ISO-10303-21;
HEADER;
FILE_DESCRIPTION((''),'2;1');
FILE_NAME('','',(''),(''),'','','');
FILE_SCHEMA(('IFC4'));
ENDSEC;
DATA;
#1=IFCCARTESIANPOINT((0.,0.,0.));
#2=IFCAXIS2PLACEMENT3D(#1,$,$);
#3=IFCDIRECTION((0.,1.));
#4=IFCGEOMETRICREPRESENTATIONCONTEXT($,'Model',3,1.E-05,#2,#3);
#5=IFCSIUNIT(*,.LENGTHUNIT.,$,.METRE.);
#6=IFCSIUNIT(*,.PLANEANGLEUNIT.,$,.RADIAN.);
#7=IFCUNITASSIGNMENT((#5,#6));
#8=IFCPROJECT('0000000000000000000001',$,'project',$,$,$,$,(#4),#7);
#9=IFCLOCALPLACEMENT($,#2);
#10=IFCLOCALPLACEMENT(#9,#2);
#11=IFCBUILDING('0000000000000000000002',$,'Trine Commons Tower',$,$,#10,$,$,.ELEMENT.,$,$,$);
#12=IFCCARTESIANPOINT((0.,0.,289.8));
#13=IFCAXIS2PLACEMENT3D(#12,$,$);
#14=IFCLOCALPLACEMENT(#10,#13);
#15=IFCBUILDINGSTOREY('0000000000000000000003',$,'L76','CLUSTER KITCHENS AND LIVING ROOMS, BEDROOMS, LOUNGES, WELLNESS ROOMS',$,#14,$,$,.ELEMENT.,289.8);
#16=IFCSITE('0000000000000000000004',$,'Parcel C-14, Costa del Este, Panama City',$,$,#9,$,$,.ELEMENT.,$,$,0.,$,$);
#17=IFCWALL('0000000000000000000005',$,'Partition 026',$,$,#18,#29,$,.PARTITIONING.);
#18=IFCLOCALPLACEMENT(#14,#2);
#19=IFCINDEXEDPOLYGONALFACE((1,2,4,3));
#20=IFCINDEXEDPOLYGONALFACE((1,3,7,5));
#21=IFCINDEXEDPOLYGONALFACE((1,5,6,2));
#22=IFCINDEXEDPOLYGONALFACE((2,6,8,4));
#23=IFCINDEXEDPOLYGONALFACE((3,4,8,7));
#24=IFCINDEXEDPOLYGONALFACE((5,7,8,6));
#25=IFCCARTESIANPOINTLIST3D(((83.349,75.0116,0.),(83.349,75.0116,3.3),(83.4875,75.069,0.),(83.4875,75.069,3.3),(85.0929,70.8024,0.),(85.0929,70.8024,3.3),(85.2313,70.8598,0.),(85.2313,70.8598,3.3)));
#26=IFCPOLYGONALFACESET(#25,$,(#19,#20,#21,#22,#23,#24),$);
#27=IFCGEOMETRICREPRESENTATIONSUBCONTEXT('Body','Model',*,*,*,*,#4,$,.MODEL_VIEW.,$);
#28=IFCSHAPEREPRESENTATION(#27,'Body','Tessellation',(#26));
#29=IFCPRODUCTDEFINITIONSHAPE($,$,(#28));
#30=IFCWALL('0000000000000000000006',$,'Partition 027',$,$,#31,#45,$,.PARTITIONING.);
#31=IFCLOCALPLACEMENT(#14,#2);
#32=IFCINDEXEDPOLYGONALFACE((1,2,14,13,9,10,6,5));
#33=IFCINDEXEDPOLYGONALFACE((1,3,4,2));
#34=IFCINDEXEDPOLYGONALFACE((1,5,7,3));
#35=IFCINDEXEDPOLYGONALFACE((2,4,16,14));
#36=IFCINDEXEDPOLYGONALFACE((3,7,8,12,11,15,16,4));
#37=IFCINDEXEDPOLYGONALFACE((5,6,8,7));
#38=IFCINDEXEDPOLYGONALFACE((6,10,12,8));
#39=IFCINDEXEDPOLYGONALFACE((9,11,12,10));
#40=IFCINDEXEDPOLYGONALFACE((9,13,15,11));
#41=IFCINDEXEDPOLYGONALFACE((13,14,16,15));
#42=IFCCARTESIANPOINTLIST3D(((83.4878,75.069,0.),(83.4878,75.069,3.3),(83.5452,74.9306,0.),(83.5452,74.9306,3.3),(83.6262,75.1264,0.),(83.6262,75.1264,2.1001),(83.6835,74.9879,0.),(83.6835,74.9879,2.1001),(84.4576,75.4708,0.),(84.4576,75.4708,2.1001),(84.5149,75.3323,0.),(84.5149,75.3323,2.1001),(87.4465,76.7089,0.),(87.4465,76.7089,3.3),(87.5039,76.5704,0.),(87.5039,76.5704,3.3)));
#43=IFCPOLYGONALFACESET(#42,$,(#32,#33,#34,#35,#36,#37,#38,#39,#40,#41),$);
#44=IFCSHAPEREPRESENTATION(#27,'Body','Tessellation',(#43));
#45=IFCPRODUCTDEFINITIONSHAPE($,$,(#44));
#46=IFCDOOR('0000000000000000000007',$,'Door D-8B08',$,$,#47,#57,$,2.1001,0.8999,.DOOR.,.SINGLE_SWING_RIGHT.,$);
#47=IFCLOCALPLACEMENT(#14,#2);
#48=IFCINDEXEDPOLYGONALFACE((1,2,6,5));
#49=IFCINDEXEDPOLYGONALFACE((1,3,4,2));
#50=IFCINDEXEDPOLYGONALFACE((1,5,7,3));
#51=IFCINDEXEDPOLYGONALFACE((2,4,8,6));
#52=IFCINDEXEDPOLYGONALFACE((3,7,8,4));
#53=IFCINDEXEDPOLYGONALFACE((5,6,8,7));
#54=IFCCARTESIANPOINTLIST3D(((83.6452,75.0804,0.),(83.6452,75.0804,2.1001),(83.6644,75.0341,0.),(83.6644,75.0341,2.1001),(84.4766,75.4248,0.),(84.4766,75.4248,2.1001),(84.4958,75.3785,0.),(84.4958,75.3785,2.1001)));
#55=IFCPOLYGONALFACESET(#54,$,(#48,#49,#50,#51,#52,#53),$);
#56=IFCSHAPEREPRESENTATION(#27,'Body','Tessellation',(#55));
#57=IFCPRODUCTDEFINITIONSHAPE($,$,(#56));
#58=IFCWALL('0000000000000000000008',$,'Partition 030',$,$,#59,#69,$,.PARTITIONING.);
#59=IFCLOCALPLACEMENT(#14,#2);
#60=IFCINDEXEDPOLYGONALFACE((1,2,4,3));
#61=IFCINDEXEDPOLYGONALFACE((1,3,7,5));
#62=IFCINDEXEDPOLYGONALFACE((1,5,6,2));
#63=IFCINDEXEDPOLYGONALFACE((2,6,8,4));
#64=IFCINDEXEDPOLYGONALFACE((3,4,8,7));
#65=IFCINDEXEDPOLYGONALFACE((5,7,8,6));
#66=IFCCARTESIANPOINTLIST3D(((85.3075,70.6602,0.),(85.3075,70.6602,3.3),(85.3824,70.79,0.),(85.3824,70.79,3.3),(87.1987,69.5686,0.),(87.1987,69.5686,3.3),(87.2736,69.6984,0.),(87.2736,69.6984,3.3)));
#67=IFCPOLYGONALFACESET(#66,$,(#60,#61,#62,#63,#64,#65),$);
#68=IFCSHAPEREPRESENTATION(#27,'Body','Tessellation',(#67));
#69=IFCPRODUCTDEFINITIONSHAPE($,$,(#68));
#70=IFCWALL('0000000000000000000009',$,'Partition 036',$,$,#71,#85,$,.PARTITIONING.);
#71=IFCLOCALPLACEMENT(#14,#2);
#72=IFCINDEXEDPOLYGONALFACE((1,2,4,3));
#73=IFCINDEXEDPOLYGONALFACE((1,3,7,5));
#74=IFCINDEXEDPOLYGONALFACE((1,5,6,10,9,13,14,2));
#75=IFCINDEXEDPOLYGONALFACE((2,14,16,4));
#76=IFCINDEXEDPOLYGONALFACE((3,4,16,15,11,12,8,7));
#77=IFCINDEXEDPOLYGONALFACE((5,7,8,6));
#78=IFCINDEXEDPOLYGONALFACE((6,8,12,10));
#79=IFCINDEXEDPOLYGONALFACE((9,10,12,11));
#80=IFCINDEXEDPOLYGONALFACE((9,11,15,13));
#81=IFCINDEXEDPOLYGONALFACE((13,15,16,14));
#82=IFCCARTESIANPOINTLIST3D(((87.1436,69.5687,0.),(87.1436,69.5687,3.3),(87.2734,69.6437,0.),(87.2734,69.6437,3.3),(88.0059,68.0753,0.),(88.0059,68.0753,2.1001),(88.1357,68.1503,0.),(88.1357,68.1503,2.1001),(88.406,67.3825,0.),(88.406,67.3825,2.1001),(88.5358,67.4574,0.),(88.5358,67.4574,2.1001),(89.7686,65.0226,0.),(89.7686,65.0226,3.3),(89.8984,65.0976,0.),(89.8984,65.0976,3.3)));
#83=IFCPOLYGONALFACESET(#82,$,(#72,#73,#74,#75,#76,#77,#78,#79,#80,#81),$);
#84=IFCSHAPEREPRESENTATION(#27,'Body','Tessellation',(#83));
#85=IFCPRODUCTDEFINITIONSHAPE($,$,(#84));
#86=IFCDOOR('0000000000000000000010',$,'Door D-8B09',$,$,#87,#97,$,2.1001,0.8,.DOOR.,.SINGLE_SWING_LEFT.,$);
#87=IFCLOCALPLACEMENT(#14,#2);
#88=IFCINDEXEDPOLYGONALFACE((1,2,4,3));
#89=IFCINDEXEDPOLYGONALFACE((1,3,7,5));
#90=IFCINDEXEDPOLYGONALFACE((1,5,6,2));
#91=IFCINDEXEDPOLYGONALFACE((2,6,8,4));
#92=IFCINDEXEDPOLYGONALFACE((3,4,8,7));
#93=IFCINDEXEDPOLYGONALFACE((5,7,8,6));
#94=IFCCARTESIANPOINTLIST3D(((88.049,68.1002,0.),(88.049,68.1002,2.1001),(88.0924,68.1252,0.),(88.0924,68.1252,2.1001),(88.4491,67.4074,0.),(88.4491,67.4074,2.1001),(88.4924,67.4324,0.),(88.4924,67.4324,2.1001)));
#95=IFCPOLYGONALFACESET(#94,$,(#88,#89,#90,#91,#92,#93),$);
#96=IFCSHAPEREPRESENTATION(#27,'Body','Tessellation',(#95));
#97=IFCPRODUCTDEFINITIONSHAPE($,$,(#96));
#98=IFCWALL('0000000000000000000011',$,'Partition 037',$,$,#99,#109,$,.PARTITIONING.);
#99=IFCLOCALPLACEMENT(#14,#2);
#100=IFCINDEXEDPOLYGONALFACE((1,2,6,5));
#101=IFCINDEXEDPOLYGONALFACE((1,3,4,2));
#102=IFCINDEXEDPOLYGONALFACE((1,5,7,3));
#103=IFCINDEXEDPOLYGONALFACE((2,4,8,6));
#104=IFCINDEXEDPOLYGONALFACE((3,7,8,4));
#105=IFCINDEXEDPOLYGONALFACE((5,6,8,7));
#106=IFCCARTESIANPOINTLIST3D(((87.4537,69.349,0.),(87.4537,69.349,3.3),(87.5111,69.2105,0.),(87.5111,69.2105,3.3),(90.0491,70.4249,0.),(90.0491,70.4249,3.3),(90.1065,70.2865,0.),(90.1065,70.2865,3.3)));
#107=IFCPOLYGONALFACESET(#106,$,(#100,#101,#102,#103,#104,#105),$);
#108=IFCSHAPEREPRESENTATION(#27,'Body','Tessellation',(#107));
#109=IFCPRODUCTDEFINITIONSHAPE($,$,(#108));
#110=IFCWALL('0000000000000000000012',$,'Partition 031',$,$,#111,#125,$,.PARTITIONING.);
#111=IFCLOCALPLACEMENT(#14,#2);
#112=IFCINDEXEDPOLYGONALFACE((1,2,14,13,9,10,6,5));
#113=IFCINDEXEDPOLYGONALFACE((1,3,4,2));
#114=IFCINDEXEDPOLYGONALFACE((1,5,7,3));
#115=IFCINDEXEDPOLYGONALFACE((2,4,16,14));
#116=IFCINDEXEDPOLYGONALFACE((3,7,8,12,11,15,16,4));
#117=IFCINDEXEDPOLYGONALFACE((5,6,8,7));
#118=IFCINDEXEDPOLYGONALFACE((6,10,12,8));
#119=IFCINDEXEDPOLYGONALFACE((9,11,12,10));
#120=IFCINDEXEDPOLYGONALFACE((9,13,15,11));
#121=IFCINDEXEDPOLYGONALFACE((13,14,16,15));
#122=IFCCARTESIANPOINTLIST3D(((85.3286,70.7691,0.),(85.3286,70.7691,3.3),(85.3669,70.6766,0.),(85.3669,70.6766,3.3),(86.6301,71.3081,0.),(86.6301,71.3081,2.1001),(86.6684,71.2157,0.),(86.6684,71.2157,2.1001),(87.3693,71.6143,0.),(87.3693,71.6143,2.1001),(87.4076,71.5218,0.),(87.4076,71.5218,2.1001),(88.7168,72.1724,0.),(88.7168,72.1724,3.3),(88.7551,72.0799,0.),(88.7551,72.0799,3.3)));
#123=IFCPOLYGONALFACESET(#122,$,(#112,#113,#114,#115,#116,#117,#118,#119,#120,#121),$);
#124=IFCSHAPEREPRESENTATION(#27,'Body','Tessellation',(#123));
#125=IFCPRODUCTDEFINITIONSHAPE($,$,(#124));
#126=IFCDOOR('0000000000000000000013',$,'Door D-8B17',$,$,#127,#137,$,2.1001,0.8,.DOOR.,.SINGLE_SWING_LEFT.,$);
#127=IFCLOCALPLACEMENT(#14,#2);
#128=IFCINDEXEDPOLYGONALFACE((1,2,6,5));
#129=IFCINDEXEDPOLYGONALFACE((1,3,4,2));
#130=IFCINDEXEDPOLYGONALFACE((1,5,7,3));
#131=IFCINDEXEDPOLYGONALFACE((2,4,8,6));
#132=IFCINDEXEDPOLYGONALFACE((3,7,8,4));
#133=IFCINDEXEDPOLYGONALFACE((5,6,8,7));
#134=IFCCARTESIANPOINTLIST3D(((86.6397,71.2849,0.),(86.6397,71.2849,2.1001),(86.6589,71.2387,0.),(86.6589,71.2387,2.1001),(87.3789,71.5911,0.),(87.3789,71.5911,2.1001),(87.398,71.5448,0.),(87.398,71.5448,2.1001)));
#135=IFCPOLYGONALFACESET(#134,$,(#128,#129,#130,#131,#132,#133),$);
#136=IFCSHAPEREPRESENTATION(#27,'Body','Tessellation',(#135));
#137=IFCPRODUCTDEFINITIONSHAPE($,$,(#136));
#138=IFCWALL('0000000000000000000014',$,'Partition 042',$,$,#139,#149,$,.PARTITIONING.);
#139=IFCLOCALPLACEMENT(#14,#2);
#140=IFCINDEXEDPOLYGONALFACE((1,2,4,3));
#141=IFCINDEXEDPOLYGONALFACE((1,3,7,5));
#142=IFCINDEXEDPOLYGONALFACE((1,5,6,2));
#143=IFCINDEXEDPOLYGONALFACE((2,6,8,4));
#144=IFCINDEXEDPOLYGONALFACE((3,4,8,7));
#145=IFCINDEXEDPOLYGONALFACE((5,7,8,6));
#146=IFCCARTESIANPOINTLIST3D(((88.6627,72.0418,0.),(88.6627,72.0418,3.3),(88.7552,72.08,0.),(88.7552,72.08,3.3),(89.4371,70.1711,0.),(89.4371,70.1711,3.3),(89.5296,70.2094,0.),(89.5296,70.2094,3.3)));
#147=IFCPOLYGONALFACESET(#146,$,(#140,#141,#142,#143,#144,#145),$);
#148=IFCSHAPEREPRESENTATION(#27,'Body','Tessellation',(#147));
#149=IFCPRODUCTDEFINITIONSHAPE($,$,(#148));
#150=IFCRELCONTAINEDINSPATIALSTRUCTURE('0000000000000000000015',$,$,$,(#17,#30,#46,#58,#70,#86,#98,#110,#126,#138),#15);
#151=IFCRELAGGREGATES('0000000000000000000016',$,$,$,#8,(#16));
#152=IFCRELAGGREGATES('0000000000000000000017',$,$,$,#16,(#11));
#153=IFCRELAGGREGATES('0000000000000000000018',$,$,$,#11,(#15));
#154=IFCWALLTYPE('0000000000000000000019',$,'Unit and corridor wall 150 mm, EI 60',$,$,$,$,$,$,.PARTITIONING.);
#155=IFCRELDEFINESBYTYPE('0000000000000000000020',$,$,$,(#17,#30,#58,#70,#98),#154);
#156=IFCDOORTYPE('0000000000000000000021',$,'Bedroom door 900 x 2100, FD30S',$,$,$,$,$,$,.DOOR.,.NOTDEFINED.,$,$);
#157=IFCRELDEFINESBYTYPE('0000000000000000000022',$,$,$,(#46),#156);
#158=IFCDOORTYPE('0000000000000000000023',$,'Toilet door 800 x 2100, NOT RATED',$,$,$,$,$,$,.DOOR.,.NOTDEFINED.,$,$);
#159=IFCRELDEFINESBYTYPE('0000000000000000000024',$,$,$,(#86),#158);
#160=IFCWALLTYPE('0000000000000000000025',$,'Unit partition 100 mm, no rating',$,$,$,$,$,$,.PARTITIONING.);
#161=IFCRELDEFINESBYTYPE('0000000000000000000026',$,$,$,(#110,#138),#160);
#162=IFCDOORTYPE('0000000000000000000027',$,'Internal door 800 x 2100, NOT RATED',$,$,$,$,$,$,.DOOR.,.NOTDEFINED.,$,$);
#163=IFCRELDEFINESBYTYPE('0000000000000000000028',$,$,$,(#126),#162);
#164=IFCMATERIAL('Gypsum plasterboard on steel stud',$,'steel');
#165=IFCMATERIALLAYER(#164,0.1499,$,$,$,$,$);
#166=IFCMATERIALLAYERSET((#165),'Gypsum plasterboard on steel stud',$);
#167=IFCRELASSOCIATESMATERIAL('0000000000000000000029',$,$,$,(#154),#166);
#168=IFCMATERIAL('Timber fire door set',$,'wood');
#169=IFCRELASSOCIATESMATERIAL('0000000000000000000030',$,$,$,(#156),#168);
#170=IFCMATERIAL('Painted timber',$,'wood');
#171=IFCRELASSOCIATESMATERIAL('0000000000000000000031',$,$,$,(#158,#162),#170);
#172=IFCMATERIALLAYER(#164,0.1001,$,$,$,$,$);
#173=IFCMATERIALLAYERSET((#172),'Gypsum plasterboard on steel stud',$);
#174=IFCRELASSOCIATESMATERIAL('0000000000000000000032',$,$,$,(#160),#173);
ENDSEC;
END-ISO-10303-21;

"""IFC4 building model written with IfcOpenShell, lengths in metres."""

from ifc_helpers import new_model, si_unit, direction, frame, frame_2d, origin, place, context, subcontext, project, spatial, rectangle, extrude, material, layer, layer_set, type_object, element, fill, save


model = new_model("IFC4")

# Units and contexts
model_context = context("Model", 3, precision=1e-05, world=origin(), true_north=direction((0.0, 1.0)))
body_context = subcontext(model_context, "Body", "Model", "MODEL_VIEW")
ifc_project = project(units=[si_unit("LENGTHUNIT", "METRE"), si_unit("PLANEANGLEUNIT", "RADIAN")], contexts=[model_context])

# Site, building, storey
site_placement = place(None, origin())
site = spatial("IfcSite", under=ifc_project, at=site_placement, Name="Parcel C-14, Costa del Este, Panama City", CompositionType="ELEMENT", RefElevation=0.0)
building_placement = place(site_placement, origin())
building = spatial("IfcBuilding", under=site, at=building_placement, Name="Trine Commons Tower", CompositionType="ELEMENT")
storey_placement = place(building_placement, frame((0.0, 0.0, 289.8)))
storey = spatial("IfcBuildingStorey", under=building, at=storey_placement, Name="L76", Description="CLUSTER KITCHENS AND LIVING ROOMS, BEDROOMS, LOUNGES, WELLNESS ROOMS", CompositionType="ELEMENT", Elevation=289.8)

# Wall
ifc_material_1 = material(Name="Gypsum plasterboard on steel stud", Category="steel")
ifc_layer_1 = layer(ifc_material_1, 0.1499)
ifc_layer_set_1 = layer_set([ifc_layer_1], Name="Gypsum plasterboard on steel stud")
wall_type_1 = type_object("IfcWallType", Name="Unit and corridor wall 150 mm, EI 60", PredefinedType="PARTITIONING", material=ifc_layer_set_1)
wall_1_placement = place(storey_placement, frame((83.4182, 75.0403, 0.0), z_axis=(0.0, 0.0, 1.0), x_axis=(0.382754, -0.92385, 0.0)))
element("IfcWall", 1, at=wall_1_placement, inside=storey, type_object=wall_type_1, Name="Partition 026", PredefinedType="PARTITIONING", context=body_context, shape_type="SweptSolid", body=[
    extrude(rectangle(XDim=4.5562, YDim=0.1499, at=frame_2d((2.2781, 0.0))), origin(), (0.0, 0.0, 1.0), 3.3),
])

# Wall, opening, door
wall_2_placement = place(storey_placement, frame((83.5164, 74.9998, 0.0), z_axis=(0.0, 0.0, 1.0), x_axis=(0.923869, 0.382709, 0.0)))
wall_2 = element("IfcWall", 2, at=wall_2_placement, inside=storey, type_object=wall_type_1, Name="Partition 027", PredefinedType="PARTITIONING", context=body_context, shape_type="SweptSolid", body=[
    extrude(rectangle(XDim=4.2849, YDim=0.1499, at=frame_2d((2.1426, 0.0))), origin(), (0.0, 0.0, 1.0), 3.3),
])
opening_1_placement = place(wall_2_placement, frame((0.1499, 0.0, 0.0)))
opening_1 = element("IfcOpeningElement", 3, at=opening_1_placement, cuts=wall_2, PredefinedType="OPENING", context=body_context, shape_type="SweptSolid", body=[
    extrude(rectangle(XDim=0.8999, YDim=2.1001, at=frame_2d((0.45, 1.05))), frame((0.0, 0.085, 0.0), z_axis=(0.0, -1.0, 0.0), x_axis=(1.0, 0.0, 0.0)), (0.0, 0.0, 1.0), 0.1699),
])
ifc_material_2 = material(Name="Timber fire door set", Category="wood")
door_type_1 = type_object("IfcDoorType", Name="Bedroom door 900 x 2100, FD30S", OperationType="NOTDEFINED", PredefinedType="DOOR", material=ifc_material_2)
door_1_placement = place(opening_1_placement, frame((0.8999, 0.0, 0.0), z_axis=(0.0, 0.0, 1.0), x_axis=(-1.0, 0.0, 0.0)))
door_1 = element("IfcDoor", 4, at=door_1_placement, inside=storey, type_object=door_type_1, Name="Door D-8B08", OperationType="SINGLE_SWING_RIGHT", OverallHeight=2.1001, OverallWidth=0.8999, PredefinedType="DOOR", context=body_context, shape_type="SweptSolid", body=[
    extrude(rectangle(XDim=0.8999, YDim=2.1001, at=frame_2d((0.45, 1.05))), frame((0.0, 0.0249, 0.0), z_axis=(0.0, -1.0, 0.0), x_axis=(1.0, 0.0, 0.0)), (0.0, 0.0, 1.0), 0.05),
])
fill(opening_1, door_1)

# Wall
wall_3_placement = place(storey_placement, frame((85.345, 70.7251, 0.0), z_axis=(0.0, 0.0, 1.0), x_axis=(0.866081, -0.499903, 0.0)))
element("IfcWall", 5, at=wall_3_placement, inside=storey, type_object=wall_type_1, Name="Partition 030", PredefinedType="PARTITIONING", context=body_context, shape_type="SweptSolid", body=[
    extrude(rectangle(XDim=2.1836, YDim=0.1499, at=frame_2d((1.0918, 0.0))), origin(), (0.0, 0.0, 1.0), 3.3),
])

# Wall, opening, door
wall_4_placement = place(storey_placement, frame((87.2085, 69.6062, 0.0), z_axis=(0.0, 0.0, 1.0), x_axis=(0.50004, -0.866002, 0.0)))
wall_4 = element("IfcWall", 6, at=wall_4_placement, inside=storey, type_object=wall_type_1, Name="Partition 036", PredefinedType="PARTITIONING", context=body_context, shape_type="SweptSolid", body=[
    extrude(rectangle(XDim=5.2495, YDim=0.1499, at=frame_2d((2.6248, 0.0))), origin(), (0.0, 0.0, 1.0), 3.3),
])
opening_2_placement = place(wall_4_placement, frame((1.7246, 0.0, 0.0)))
opening_2 = element("IfcOpeningElement", 7, at=opening_2_placement, cuts=wall_4, PredefinedType="OPENING", context=body_context, shape_type="SweptSolid", body=[
    extrude(rectangle(XDim=0.8, YDim=2.1001, at=frame_2d((0.3999, 1.05))), frame((0.0, 0.085, 0.0), z_axis=(0.0, -1.0, 0.0), x_axis=(1.0, 0.0, 0.0)), (0.0, 0.0, 1.0), 0.1699),
])
ifc_material_3 = material(Name="Painted timber", Category="wood")
door_type_2 = type_object("IfcDoorType", Name="Toilet door 800 x 2100, NOT RATED", OperationType="NOTDEFINED", PredefinedType="DOOR", material=ifc_material_3)
door_2_placement = place(opening_2_placement, origin())
door_2 = element("IfcDoor", 8, at=door_2_placement, inside=storey, type_object=door_type_2, Name="Door D-8B09", OperationType="SINGLE_SWING_LEFT", OverallHeight=2.1001, OverallWidth=0.8, PredefinedType="DOOR", context=body_context, shape_type="SweptSolid", body=[
    extrude(rectangle(XDim=0.8, YDim=2.1001, at=frame_2d((0.3999, 1.05))), frame((0.0, 0.0249, 0.0), z_axis=(0.0, -1.0, 0.0), x_axis=(1.0, 0.0, 0.0)), (0.0, 0.0, 1.0), 0.05),
])
fill(opening_2, door_2)

# Wall
wall_5_placement = place(storey_placement, frame((87.4824, 69.2798, 0.0), z_axis=(0.0, 0.0, 1.0), x_axis=(0.923772, 0.382943, 0.0)))
element("IfcWall", 9, at=wall_5_placement, inside=storey, type_object=wall_type_1, Name="Partition 037", PredefinedType="PARTITIONING", context=body_context, shape_type="SweptSolid", body=[
    extrude(rectangle(XDim=2.8096, YDim=0.1499, at=frame_2d((1.4048, 0.0))), origin(), (0.0, 0.0, 1.0), 3.3),
])

# Wall, opening, door
ifc_layer_2 = layer(ifc_material_1, 0.1001)
ifc_layer_set_2 = layer_set([ifc_layer_2], Name="Gypsum plasterboard on steel stud")
wall_type_2 = type_object("IfcWallType", Name="Unit partition 100 mm, no rating", PredefinedType="PARTITIONING", material=ifc_layer_set_2)
wall_6_placement = place(storey_placement, frame((85.3479, 70.7229, 0.0), z_axis=(0.0, 0.0, 1.0), x_axis=(0.92389, 0.382658, 0.0)))
wall_6 = element("IfcWall", 10, at=wall_6_placement, inside=storey, type_object=wall_type_2, Name="Partition 031", PredefinedType="PARTITIONING", context=body_context, shape_type="SweptSolid", body=[
    extrude(rectangle(XDim=3.6672, YDim=0.1001, at=frame_2d((1.8335, 0.0))), origin(), (0.0, 0.0, 1.0), 3.3),
])
opening_3_placement = place(wall_6_placement, frame((1.4087, 0.0, 0.0)))
opening_3 = element("IfcOpeningElement", 11, at=opening_3_placement, cuts=wall_6, PredefinedType="OPENING", context=body_context, shape_type="SweptSolid", body=[
    extrude(rectangle(XDim=0.8, YDim=2.1001, at=frame_2d((0.3999, 1.05))), frame((0.0, 0.0601, 0.0), z_axis=(0.0, -1.0, 0.0), x_axis=(1.0, 0.0, 0.0)), (0.0, 0.0, 1.0), 0.1201),
])
door_type_3 = type_object("IfcDoorType", Name="Internal door 800 x 2100, NOT RATED", OperationType="NOTDEFINED", PredefinedType="DOOR", material=ifc_material_3)
door_3_placement = place(opening_3_placement, origin())
door_3 = element("IfcDoor", 12, at=door_3_placement, inside=storey, type_object=door_type_3, Name="Door D-8B17", OperationType="SINGLE_SWING_LEFT", OverallHeight=2.1001, OverallWidth=0.8, PredefinedType="DOOR", context=body_context, shape_type="SweptSolid", body=[
    extrude(rectangle(XDim=0.8, YDim=2.1001, at=frame_2d((0.3999, 1.05))), frame((0.0, 0.0249, 0.0), z_axis=(0.0, -1.0, 0.0), x_axis=(1.0, 0.0, 0.0)), (0.0, 0.0, 1.0), 0.05),
])
fill(opening_3, door_3)

# Wall
wall_7_placement = place(storey_placement, frame((88.709, 72.0608, 0.0), z_axis=(0.0, 0.0, 1.0), x_axis=(0.382508, -0.923952, 0.0)))
element("IfcWall", 13, at=wall_7_placement, inside=storey, type_object=wall_type_2, Name="Partition 042", PredefinedType="PARTITIONING", context=body_context, shape_type="SweptSolid", body=[
    extrude(rectangle(XDim=2.0247, YDim=0.1001, at=frame_2d((1.0122, 0.0))), origin(), (0.0, 0.0, 1.0), 3.3),
])

save(model, "model.ifc")
